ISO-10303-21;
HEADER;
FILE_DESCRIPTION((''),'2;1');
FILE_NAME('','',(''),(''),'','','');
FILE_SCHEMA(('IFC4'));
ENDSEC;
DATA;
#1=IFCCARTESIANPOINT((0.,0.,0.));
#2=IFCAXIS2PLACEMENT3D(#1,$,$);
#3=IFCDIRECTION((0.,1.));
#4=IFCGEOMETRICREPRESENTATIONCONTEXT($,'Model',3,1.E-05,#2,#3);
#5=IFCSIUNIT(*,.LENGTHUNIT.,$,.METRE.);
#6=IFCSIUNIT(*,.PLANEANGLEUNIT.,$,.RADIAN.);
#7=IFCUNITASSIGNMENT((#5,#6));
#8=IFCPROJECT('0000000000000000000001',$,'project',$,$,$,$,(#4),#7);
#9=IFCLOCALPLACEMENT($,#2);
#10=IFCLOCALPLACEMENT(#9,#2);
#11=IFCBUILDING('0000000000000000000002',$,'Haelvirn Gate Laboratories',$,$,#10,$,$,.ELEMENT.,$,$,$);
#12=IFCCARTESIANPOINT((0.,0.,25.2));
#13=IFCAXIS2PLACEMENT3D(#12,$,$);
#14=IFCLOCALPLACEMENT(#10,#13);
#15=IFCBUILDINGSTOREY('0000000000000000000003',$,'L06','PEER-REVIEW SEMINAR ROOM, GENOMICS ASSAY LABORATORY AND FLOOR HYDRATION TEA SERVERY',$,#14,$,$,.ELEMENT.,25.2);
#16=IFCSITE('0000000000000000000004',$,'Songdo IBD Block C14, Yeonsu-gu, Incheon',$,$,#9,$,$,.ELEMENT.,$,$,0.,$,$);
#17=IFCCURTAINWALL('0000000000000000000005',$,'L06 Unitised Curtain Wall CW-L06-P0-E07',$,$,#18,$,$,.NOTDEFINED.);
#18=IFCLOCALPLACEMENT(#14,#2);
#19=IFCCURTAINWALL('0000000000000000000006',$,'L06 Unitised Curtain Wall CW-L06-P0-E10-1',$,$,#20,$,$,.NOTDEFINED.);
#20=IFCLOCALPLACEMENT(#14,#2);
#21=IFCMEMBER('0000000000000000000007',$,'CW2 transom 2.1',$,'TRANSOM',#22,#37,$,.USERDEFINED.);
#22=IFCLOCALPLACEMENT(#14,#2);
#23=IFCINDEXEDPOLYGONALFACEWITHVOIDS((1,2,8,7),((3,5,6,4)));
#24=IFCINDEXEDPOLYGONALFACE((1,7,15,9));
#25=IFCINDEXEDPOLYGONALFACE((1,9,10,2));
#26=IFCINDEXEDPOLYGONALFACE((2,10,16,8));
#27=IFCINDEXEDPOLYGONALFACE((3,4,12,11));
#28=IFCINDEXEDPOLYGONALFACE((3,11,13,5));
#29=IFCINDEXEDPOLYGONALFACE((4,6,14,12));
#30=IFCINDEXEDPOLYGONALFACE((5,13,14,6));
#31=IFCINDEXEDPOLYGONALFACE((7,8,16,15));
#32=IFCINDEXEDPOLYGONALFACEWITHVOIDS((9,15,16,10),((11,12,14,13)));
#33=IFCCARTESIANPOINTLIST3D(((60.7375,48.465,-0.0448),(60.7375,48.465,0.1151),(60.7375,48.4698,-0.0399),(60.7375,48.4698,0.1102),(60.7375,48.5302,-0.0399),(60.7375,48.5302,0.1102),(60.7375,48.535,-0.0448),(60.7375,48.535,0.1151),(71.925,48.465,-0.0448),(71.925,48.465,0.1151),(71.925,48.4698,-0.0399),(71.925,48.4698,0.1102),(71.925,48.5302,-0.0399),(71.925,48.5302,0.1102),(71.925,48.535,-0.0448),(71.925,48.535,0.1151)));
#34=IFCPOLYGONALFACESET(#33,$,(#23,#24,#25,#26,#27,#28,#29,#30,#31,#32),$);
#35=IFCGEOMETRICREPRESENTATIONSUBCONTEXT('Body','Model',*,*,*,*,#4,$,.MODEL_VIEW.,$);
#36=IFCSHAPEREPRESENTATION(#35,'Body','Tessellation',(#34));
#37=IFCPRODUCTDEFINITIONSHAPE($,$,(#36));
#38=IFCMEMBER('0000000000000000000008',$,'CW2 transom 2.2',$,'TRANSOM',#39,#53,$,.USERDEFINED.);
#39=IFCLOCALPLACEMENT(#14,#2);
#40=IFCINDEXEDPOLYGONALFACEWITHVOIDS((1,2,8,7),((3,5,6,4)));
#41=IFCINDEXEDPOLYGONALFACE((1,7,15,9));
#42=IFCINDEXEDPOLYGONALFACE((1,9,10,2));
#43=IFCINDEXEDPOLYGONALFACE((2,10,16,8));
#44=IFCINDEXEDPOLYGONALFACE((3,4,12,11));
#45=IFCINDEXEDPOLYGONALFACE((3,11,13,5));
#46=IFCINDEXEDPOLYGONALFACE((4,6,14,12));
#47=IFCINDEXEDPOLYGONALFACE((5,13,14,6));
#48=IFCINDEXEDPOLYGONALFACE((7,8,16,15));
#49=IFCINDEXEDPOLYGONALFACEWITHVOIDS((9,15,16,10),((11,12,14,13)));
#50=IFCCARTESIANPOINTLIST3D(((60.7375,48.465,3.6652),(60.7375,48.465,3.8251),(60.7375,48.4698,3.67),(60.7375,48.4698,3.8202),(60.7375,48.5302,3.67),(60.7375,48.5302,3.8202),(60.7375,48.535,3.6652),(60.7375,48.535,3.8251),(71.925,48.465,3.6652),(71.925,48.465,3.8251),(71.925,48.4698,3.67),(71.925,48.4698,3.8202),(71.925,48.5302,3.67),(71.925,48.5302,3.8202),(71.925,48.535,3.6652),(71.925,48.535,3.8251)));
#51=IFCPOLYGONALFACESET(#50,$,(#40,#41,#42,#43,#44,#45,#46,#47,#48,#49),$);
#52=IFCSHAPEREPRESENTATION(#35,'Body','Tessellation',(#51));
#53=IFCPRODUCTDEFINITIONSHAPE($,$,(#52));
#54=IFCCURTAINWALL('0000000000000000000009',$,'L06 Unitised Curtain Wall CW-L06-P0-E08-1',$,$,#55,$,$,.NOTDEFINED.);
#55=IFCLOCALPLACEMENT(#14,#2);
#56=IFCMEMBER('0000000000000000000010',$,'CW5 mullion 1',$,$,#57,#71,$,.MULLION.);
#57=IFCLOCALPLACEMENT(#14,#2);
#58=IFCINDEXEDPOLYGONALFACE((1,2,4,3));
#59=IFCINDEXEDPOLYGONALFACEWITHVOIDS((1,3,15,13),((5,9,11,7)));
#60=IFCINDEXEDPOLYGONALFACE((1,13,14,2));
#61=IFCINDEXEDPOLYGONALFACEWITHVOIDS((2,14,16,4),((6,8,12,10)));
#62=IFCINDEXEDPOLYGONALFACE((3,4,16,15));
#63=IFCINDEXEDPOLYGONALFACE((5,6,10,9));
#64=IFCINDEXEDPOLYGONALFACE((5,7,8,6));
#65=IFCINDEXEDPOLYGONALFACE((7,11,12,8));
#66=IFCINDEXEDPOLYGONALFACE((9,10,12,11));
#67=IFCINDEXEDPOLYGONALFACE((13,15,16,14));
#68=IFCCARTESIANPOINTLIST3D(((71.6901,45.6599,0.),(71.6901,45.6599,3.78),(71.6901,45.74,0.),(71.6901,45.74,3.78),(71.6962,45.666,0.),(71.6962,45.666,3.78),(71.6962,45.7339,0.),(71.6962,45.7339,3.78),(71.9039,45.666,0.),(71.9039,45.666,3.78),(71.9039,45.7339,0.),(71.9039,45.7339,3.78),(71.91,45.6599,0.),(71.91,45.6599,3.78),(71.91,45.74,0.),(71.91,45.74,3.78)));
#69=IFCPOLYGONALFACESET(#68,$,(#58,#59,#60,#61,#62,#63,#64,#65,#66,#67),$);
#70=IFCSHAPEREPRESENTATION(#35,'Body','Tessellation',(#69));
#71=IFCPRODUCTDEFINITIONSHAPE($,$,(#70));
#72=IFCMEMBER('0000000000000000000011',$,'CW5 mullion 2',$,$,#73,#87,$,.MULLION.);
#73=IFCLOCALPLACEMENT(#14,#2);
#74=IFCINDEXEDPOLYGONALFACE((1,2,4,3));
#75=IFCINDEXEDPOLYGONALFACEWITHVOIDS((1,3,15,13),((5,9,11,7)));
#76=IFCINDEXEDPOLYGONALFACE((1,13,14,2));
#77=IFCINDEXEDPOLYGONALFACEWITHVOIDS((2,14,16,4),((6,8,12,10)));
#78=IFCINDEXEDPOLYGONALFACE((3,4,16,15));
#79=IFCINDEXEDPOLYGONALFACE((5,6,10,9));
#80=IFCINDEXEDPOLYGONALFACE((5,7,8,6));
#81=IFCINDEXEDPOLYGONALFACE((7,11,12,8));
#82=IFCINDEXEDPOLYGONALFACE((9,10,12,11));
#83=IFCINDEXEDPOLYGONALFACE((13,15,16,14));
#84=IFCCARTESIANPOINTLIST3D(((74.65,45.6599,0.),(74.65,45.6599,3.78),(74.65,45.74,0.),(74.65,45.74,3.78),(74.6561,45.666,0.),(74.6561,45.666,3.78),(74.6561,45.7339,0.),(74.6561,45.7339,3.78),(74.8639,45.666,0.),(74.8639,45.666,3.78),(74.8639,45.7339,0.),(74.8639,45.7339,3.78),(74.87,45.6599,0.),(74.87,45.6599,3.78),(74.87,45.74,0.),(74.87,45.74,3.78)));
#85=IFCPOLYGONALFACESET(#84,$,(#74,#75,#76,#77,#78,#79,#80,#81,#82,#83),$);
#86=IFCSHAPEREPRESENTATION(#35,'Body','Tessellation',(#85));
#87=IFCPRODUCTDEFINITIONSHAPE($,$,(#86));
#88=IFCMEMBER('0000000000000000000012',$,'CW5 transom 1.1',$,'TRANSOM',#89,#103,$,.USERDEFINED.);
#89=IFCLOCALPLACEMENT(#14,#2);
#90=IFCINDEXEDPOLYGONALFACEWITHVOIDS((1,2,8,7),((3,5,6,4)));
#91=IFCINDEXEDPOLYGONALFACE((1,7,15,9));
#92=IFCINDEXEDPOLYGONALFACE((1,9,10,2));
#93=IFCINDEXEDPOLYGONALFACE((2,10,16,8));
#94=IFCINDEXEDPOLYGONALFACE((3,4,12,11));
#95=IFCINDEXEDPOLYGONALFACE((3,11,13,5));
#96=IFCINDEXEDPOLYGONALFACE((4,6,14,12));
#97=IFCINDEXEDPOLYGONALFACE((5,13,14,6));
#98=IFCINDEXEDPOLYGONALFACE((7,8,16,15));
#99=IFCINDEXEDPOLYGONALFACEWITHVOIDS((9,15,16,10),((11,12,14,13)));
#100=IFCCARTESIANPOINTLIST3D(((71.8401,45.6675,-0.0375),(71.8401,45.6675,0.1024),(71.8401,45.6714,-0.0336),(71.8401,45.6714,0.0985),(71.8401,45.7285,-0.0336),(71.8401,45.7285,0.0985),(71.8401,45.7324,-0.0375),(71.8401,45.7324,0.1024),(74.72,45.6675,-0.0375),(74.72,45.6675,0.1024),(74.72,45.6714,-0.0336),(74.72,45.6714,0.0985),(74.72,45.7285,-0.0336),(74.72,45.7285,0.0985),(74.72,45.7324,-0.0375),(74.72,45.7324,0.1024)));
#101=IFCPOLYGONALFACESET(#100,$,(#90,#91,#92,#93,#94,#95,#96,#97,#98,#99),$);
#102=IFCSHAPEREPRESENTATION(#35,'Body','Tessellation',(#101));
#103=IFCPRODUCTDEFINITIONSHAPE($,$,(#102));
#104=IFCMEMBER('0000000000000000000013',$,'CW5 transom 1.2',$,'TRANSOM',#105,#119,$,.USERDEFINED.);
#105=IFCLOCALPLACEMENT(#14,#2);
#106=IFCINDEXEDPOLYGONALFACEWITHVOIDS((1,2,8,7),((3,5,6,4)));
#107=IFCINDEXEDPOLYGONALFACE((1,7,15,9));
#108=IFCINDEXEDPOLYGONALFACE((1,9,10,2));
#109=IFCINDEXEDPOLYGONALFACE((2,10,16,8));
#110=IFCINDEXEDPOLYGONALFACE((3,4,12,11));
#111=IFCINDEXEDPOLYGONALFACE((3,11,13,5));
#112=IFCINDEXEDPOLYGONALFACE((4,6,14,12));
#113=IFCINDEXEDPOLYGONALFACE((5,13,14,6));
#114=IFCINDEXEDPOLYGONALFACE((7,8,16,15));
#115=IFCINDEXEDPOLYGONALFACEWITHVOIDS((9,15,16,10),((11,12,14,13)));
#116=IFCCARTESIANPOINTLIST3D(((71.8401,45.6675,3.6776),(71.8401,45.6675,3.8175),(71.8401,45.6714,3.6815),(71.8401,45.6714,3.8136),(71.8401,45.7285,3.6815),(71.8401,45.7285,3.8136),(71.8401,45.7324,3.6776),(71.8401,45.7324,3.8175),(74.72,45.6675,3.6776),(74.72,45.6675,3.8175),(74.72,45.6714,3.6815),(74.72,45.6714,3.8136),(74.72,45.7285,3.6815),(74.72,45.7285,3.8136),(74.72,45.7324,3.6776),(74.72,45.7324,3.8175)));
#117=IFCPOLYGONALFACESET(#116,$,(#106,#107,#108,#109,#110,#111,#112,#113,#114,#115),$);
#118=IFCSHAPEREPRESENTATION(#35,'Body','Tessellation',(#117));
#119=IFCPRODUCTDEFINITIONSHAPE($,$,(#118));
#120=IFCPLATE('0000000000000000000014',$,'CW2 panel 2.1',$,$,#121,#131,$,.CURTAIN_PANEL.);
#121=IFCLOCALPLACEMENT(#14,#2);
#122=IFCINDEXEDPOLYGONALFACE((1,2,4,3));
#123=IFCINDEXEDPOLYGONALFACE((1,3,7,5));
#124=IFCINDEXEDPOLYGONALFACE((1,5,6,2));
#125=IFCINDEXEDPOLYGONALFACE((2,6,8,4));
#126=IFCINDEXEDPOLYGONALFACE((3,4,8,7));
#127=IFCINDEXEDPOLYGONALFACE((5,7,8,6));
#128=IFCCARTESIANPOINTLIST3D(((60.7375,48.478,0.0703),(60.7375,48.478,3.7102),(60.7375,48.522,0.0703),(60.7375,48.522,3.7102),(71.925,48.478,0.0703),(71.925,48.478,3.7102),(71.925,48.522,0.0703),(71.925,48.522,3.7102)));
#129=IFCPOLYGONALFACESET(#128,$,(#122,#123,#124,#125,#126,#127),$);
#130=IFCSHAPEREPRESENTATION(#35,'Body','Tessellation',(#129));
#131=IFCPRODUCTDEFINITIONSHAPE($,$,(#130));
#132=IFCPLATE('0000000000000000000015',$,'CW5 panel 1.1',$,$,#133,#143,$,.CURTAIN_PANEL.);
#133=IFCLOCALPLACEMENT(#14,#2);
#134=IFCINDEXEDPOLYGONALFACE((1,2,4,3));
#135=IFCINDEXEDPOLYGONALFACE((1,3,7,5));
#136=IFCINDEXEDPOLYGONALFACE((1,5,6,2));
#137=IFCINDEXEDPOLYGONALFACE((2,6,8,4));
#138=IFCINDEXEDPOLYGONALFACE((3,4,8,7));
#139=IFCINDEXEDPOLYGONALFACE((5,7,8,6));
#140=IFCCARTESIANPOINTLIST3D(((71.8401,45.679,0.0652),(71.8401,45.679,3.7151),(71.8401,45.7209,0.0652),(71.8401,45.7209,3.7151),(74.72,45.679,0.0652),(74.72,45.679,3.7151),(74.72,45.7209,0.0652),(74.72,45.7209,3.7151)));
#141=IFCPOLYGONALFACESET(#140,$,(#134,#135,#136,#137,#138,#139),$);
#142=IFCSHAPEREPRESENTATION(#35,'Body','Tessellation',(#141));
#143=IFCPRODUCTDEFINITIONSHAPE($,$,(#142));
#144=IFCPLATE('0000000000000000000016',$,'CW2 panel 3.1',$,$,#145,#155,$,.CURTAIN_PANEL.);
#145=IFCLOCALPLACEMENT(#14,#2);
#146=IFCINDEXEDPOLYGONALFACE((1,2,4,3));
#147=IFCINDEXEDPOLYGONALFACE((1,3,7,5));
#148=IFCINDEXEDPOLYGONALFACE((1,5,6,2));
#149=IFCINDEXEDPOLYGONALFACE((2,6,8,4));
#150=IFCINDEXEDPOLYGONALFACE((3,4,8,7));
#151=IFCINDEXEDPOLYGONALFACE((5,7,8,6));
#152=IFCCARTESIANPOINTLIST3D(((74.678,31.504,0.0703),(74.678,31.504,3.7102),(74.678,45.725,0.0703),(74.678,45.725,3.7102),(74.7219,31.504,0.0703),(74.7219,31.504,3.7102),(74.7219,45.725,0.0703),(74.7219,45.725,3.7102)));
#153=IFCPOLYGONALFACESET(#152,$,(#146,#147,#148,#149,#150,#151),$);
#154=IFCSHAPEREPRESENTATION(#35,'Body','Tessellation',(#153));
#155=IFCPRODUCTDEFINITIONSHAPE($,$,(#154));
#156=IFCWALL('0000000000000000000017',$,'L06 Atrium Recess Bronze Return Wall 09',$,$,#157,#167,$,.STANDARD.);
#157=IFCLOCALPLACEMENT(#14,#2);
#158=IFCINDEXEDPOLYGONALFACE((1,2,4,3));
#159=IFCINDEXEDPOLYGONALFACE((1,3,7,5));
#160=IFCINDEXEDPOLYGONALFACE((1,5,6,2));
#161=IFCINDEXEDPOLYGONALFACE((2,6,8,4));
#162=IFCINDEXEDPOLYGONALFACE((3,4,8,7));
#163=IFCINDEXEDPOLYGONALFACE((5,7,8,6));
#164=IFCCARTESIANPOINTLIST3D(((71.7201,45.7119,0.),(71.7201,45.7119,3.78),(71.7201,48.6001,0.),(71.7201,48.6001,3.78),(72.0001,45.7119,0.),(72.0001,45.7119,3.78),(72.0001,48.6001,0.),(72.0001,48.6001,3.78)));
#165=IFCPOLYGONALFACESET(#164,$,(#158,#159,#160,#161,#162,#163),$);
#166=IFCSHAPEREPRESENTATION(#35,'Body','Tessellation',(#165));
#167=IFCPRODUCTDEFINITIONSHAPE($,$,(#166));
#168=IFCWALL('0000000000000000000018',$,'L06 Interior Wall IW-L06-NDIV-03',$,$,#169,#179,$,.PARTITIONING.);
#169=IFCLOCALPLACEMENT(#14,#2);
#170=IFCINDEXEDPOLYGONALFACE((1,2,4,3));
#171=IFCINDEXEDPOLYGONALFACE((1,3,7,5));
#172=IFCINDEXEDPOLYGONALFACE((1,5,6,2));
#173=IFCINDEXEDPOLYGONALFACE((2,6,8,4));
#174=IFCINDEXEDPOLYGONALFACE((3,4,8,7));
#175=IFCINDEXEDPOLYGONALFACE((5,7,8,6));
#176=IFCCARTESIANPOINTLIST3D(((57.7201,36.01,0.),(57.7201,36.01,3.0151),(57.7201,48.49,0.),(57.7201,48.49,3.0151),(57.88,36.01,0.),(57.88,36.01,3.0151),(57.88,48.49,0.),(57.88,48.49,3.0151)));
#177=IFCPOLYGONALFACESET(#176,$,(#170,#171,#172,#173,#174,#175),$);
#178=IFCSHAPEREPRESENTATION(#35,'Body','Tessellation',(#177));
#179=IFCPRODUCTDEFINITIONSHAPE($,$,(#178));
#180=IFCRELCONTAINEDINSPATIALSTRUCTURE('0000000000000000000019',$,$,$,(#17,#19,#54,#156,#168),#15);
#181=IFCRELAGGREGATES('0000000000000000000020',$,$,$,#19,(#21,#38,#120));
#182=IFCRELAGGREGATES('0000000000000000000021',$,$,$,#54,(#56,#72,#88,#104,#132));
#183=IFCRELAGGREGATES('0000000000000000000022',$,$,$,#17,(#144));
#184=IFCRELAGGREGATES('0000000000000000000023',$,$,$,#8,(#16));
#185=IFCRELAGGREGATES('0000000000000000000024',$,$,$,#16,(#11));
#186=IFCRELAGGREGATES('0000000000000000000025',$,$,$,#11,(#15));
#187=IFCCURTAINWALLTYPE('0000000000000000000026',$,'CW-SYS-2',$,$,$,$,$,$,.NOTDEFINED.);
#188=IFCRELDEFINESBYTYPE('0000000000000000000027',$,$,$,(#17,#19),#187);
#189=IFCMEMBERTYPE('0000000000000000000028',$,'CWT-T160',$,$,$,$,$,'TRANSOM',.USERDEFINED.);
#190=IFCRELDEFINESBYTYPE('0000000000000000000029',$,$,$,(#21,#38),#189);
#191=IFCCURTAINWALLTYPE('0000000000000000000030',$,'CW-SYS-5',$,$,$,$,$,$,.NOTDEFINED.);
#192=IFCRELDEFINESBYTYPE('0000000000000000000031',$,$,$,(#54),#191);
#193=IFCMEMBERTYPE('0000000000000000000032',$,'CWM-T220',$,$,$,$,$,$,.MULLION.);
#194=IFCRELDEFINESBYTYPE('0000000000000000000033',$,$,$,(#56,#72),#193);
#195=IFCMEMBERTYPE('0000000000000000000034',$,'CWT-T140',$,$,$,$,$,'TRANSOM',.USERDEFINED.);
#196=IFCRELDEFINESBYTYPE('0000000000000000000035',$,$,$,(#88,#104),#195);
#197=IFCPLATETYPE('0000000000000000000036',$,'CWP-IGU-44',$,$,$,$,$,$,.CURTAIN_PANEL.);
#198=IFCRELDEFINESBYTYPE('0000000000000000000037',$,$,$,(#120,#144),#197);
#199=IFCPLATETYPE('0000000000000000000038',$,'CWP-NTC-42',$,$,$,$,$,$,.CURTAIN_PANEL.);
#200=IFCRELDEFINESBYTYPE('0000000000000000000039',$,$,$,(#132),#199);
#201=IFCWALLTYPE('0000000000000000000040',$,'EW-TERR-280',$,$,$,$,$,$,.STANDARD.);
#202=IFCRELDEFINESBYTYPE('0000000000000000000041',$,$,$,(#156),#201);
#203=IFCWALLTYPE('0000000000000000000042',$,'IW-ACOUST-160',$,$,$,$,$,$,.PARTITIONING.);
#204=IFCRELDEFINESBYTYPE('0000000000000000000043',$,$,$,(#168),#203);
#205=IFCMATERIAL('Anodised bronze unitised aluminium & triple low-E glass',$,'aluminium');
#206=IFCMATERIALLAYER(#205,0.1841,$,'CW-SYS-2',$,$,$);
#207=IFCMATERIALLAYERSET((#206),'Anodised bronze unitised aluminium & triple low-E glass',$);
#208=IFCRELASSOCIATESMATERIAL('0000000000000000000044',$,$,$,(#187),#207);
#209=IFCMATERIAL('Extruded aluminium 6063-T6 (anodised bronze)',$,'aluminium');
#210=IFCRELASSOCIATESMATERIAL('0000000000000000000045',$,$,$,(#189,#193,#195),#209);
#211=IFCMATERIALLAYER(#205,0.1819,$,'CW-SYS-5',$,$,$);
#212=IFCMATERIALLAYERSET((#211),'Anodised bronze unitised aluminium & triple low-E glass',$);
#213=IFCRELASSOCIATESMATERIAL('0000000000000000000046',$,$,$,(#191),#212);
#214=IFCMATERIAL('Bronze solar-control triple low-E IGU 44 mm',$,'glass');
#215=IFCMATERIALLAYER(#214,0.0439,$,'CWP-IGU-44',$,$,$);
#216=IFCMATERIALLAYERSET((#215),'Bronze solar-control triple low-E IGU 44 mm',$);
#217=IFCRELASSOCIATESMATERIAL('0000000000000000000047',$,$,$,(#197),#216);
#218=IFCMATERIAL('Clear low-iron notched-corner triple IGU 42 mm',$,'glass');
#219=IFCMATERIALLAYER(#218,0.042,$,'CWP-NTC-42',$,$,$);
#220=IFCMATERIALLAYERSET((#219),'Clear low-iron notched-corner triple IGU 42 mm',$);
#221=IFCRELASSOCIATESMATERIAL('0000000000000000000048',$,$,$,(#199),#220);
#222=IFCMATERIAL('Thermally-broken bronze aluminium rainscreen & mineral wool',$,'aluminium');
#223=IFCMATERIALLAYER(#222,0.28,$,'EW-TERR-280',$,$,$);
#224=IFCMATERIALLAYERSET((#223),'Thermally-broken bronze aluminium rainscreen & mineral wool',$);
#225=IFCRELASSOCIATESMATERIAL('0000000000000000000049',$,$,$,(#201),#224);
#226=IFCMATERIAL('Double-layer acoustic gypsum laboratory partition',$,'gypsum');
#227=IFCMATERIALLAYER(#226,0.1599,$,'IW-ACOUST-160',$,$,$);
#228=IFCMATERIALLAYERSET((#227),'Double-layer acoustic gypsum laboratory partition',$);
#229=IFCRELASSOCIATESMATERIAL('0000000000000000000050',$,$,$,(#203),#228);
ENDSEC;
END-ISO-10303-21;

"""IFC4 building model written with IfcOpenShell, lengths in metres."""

from ifc_helpers import new_model, si_unit, direction, frame, frame_2d, origin, origin_2d, place, context, subcontext, project, spatial, rectangle, hollow_rectangle, extrude, source, transform, mapped, material, layer, layer_set, material_profile, profile_set, type_object, type_shapes, element, aggregate, save


model = new_model("IFC4")

# Units and contexts
model_context = context("Model", 3, precision=1e-05, world=origin(), true_north=direction((0.0, 1.0)))
body_context = subcontext(model_context, "Body", "Model", "MODEL_VIEW")
ifc_project = project(units=[si_unit("LENGTHUNIT", "METRE"), si_unit("PLANEANGLEUNIT", "RADIAN")], contexts=[model_context])

# Site, building, storey
site_placement = place(None, origin())
site = spatial("IfcSite", under=ifc_project, at=site_placement, Name="Songdo IBD Block C14, Yeonsu-gu, Incheon", CompositionType="ELEMENT", RefElevation=0.0)
building_placement = place(site_placement, origin())
building = spatial("IfcBuilding", under=site, at=building_placement, Name="Haelvirn Gate Laboratories", CompositionType="ELEMENT")
storey_placement = place(building_placement, frame((0.0, 0.0, 25.2)))
storey = spatial("IfcBuildingStorey", under=building, at=storey_placement, Name="L06", Description="PEER-REVIEW SEMINAR ROOM, GENOMICS ASSAY LABORATORY AND FLOOR HYDRATION TEA SERVERY", CompositionType="ELEMENT", Elevation=25.2)

# Curtain wall
ifc_material_1 = material(Name="Anodised bronze unitised aluminium & triple low-E glass", Category="aluminium")
ifc_layer_1 = layer(ifc_material_1, 0.1841, Name="CW-SYS-2")
ifc_layer_set_1 = layer_set([ifc_layer_1], Name="Anodised bronze unitised aluminium & triple low-E glass")
curtain_wall_type_1 = type_object("IfcCurtainWallType", Name="CW-SYS-2", PredefinedType="NOTDEFINED", material=ifc_layer_set_1)
curtain_wall_1_placement = place(storey_placement, origin())
curtain_wall_1 = element("IfcCurtainWall", 1, at=curtain_wall_1_placement, inside=storey, type_object=curtain_wall_type_1, Name="L06 Unitised Curtain Wall CW-L06-P0-E07", PredefinedType="NOTDEFINED")
ifc_material_2 = material(Name="Extruded aluminium 6063-T6 (anodised bronze)", Category="aluminium")

# Curtain walls, members
curtain_wall_2_placement = place(storey_placement, origin())
curtain_wall_2 = element("IfcCurtainWall", 2, at=curtain_wall_2_placement, inside=storey, type_object=curtain_wall_type_1, Name="L06 Unitised Curtain Wall CW-L06-P0-E10-1", PredefinedType="NOTDEFINED")
ifc_material_profile_1 = material_profile(ifc_material_2, hollow_rectangle(XDim=0.0701, YDim=0.1599, WallThickness=0.0049, at=origin_2d()), Name="CWT-160x70x5")
ifc_profile_set_1 = profile_set([ifc_material_profile_1], Name="Extruded aluminium 6063-T6 (anodised bronze)")
member_type_1 = type_object("IfcMemberType", Name="CWT-T160", ElementType="TRANSOM", PredefinedType="USERDEFINED", material=ifc_profile_set_1)
shared_shape_1 = source(origin(), body_context, "Body", "SweptSolid", [
    extrude(hollow_rectangle(XDim=0.0701, YDim=0.1599, WallThickness=0.0049, at=origin_2d()), origin(), (0.0, 0.0, 1.0), 11.1875),
])
type_shapes(member_type_1, [shared_shape_1])
member_1_placement = place(storey_placement, frame((60.7375, 48.5, 0.0352), z_axis=(1.0, 0.0, 0.0), x_axis=(0.0, 1.0, 0.0)))
member_1 = element("IfcMember", 3, at=member_1_placement, type_object=member_type_1, Name="CW2 transom 2.1", ObjectType="TRANSOM", PredefinedType="USERDEFINED", context=body_context, shape_type="MappedRepresentation", body=[
    mapped(shared_shape_1, transform((0.0, 0.0, 0.0), scale=1.0)),
])
member_2_placement = place(storey_placement, frame((60.7375, 48.5, 3.7451), z_axis=(1.0, 0.0, 0.0), x_axis=(0.0, 1.0, 0.0)))
member_2 = element("IfcMember", 4, at=member_2_placement, type_object=member_type_1, Name="CW2 transom 2.2", ObjectType="TRANSOM", PredefinedType="USERDEFINED", context=body_context, shape_type="MappedRepresentation", body=[
    mapped(shared_shape_1, transform((0.0, 0.0, 0.0), scale=1.0)),
])
ifc_layer_2 = layer(ifc_material_1, 0.1819, Name="CW-SYS-5")
ifc_layer_set_2 = layer_set([ifc_layer_2], Name="Anodised bronze unitised aluminium & triple low-E glass")
curtain_wall_type_2 = type_object("IfcCurtainWallType", Name="CW-SYS-5", PredefinedType="NOTDEFINED", material=ifc_layer_set_2)
curtain_wall_3_placement = place(storey_placement, origin())
curtain_wall_3 = element("IfcCurtainWall", 5, at=curtain_wall_3_placement, inside=storey, type_object=curtain_wall_type_2, Name="L06 Unitised Curtain Wall CW-L06-P0-E08-1", PredefinedType="NOTDEFINED")
ifc_material_profile_2 = material_profile(ifc_material_2, hollow_rectangle(XDim=0.0801, YDim=0.22, WallThickness=0.0061, at=origin_2d()), Name="CWM-220x80x6")
ifc_profile_set_2 = profile_set([ifc_material_profile_2], Name="Extruded aluminium 6063-T6 (anodised bronze)")
member_type_2 = type_object("IfcMemberType", Name="CWM-T220", PredefinedType="MULLION", material=ifc_profile_set_2)
shared_shape_2 = source(origin(), body_context, "Body", "SweptSolid", [
    extrude(hollow_rectangle(XDim=0.0801, YDim=0.22, WallThickness=0.0061, at=origin_2d()), origin(), (0.0, 0.0, 1.0), 3.78),
])
type_shapes(member_type_2, [shared_shape_2])
member_3_placement = place(storey_placement, frame((71.8, 45.7, 0.0), z_axis=(0.0, 0.0, 1.0), x_axis=(0.0, 1.0, 0.0)))
member_3 = element("IfcMember", 6, at=member_3_placement, type_object=member_type_2, Name="CW5 mullion 1", PredefinedType="MULLION", context=body_context, shape_type="MappedRepresentation", body=[
    mapped(shared_shape_2, transform((0.0, 0.0, 0.0), scale=1.0)),
])
member_4_placement = place(storey_placement, frame((74.76, 45.7, 0.0), z_axis=(0.0, 0.0, 1.0), x_axis=(0.0, 1.0, 0.0)))
member_4 = element("IfcMember", 7, at=member_4_placement, type_object=member_type_2, Name="CW5 mullion 2", PredefinedType="MULLION", context=body_context, shape_type="MappedRepresentation", body=[
    mapped(shared_shape_2, transform((0.0, 0.0, 0.0), scale=1.0)),
])
ifc_material_profile_3 = material_profile(ifc_material_2, hollow_rectangle(XDim=0.0649, YDim=0.1399, WallThickness=0.0039, at=origin_2d()), Name="CWT-140x65x4")
ifc_profile_set_3 = profile_set([ifc_material_profile_3], Name="Extruded aluminium 6063-T6 (anodised bronze)")
member_type_3 = type_object("IfcMemberType", Name="CWT-T140", ElementType="TRANSOM", PredefinedType="USERDEFINED", material=ifc_profile_set_3)
shared_shape_3 = source(origin(), body_context, "Body", "SweptSolid", [
    extrude(hollow_rectangle(XDim=0.0649, YDim=0.1399, WallThickness=0.0039, at=origin_2d()), origin(), (0.0, 0.0, 1.0), 2.8799),
])
type_shapes(member_type_3, [shared_shape_3])
member_5_placement = place(storey_placement, frame((71.8401, 45.7, 0.0325), z_axis=(1.0, 0.0, 0.0), x_axis=(0.0, 1.0, 0.0)))
member_5 = element("IfcMember", 8, at=member_5_placement, type_object=member_type_3, Name="CW5 transom 1.1", ObjectType="TRANSOM", PredefinedType="USERDEFINED", context=body_context, shape_type="MappedRepresentation", body=[
    mapped(shared_shape_3, transform((0.0, 0.0, 0.0), scale=1.0)),
])
member_6_placement = place(storey_placement, frame((71.8401, 45.7, 3.7476), z_axis=(1.0, 0.0, 0.0), x_axis=(0.0, 1.0, 0.0)))
member_6 = element("IfcMember", 9, at=member_6_placement, type_object=member_type_3, Name="CW5 transom 1.2", ObjectType="TRANSOM", PredefinedType="USERDEFINED", context=body_context, shape_type="MappedRepresentation", body=[
    mapped(shared_shape_3, transform((0.0, 0.0, 0.0), scale=1.0)),
])

# Plates
ifc_material_3 = material(Name="Bronze solar-control triple low-E IGU 44 mm", Category="glass")
ifc_layer_3 = layer(ifc_material_3, 0.0439, Name="CWP-IGU-44")
ifc_layer_set_3 = layer_set([ifc_layer_3], Name="Bronze solar-control triple low-E IGU 44 mm")
plate_type_1 = type_object("IfcPlateType", Name="CWP-IGU-44", PredefinedType="CURTAIN_PANEL", material=ifc_layer_set_3)
shared_shape_4 = source(origin(), body_context, "Body", "SweptSolid", [
    extrude(rectangle(XDim=11.1875, YDim=0.0439, at=origin_2d()), origin(), (0.0, 0.0, 1.0), 3.6399),
])
plate_1_placement = place(storey_placement, frame((66.3313, 48.5, 0.0703), z_axis=(0.0, 0.0, 1.0), x_axis=(1.0, 0.0, 0.0)))
plate_1 = element("IfcPlate", 10, at=plate_1_placement, type_object=plate_type_1, Name="CW2 panel 2.1", PredefinedType="CURTAIN_PANEL", context=body_context, shape_type="MappedRepresentation", body=[
    mapped(shared_shape_4, transform((0.0, 0.0, 0.0), scale=1.0)),
])
aggregate(curtain_wall_2, [member_1, member_2, plate_1])
ifc_material_4 = material(Name="Clear low-iron notched-corner triple IGU 42 mm", Category="glass")
ifc_layer_4 = layer(ifc_material_4, 0.042, Name="CWP-NTC-42")
ifc_layer_set_4 = layer_set([ifc_layer_4], Name="Clear low-iron notched-corner triple IGU 42 mm")
plate_type_2 = type_object("IfcPlateType", Name="CWP-NTC-42", PredefinedType="CURTAIN_PANEL", material=ifc_layer_set_4)
shared_shape_5 = source(origin(), body_context, "Body", "SweptSolid", [
    extrude(rectangle(XDim=2.8799, YDim=0.042, at=origin_2d()), origin(), (0.0, 0.0, 1.0), 3.6499),
])
type_shapes(plate_type_2, [shared_shape_5])
plate_2_placement = place(storey_placement, frame((73.28, 45.7, 0.0652), z_axis=(0.0, 0.0, 1.0), x_axis=(1.0, 0.0, 0.0)))
plate_2 = element("IfcPlate", 11, at=plate_2_placement, type_object=plate_type_2, Name="CW5 panel 1.1", PredefinedType="CURTAIN_PANEL", context=body_context, shape_type="MappedRepresentation", body=[
    mapped(shared_shape_5, transform((0.0, 0.0, 0.0), scale=1.0)),
])
aggregate(curtain_wall_3, [member_3, member_4, member_5, member_6, plate_2])
shared_shape_6 = source(origin(), body_context, "Body", "SweptSolid", [
    extrude(rectangle(XDim=14.2209, YDim=0.0439, at=origin_2d()), origin(), (0.0, 0.0, 1.0), 3.6399),
])
type_shapes(plate_type_1, [shared_shape_4, shared_shape_6])
plate_3_placement = place(storey_placement, frame((74.7, 38.6145, 0.0703), z_axis=(0.0, 0.0, 1.0), x_axis=(0.0, 1.0, 0.0)))
plate_3 = element("IfcPlate", 12, at=plate_3_placement, type_object=plate_type_1, Name="CW2 panel 3.1", PredefinedType="CURTAIN_PANEL", context=body_context, shape_type="MappedRepresentation", body=[
    mapped(shared_shape_6, transform((0.0, 0.0, 0.0), scale=1.0)),
])
aggregate(curtain_wall_1, [plate_3])

# Walls
ifc_material_5 = material(Name="Thermally-broken bronze aluminium rainscreen & mineral wool", Category="aluminium")
ifc_layer_5 = layer(ifc_material_5, 0.28, Name="EW-TERR-280")
ifc_layer_set_5 = layer_set([ifc_layer_5], Name="Thermally-broken bronze aluminium rainscreen & mineral wool")
wall_type_1 = type_object("IfcWallType", Name="EW-TERR-280", PredefinedType="STANDARD", material=ifc_layer_set_5)
wall_1_placement = place(storey_placement, frame((71.8601, 45.7119, 0.0), z_axis=(0.0, 0.0, 1.0), x_axis=(0.0, 1.0, 0.0)))
element("IfcWall", 13, at=wall_1_placement, inside=storey, type_object=wall_type_1, Name="L06 Atrium Recess Bronze Return Wall 09", PredefinedType="STANDARD", context=body_context, shape_type="SweptSolid", body=[
    extrude(rectangle(XDim=2.8882, YDim=0.28, at=frame_2d((1.4441, 0.0))), origin(), (0.0, 0.0, 1.0), 3.78),
])
ifc_material_6 = material(Name="Double-layer acoustic gypsum laboratory partition", Category="gypsum")
ifc_layer_6 = layer(ifc_material_6, 0.1599, Name="IW-ACOUST-160")
ifc_layer_set_6 = layer_set([ifc_layer_6], Name="Double-layer acoustic gypsum laboratory partition")
wall_type_2 = type_object("IfcWallType", Name="IW-ACOUST-160", PredefinedType="PARTITIONING", material=ifc_layer_set_6)
wall_2_placement = place(storey_placement, frame((57.8, 36.01, 0.0), z_axis=(0.0, 0.0, 1.0), x_axis=(0.0, 1.0, 0.0)))
element("IfcWall", 14, at=wall_2_placement, inside=storey, type_object=wall_type_2, Name="L06 Interior Wall IW-L06-NDIV-03", PredefinedType="PARTITIONING", context=body_context, shape_type="SweptSolid", body=[
    extrude(rectangle(XDim=12.48, YDim=0.1599, at=frame_2d((6.24, 0.0))), origin(), (0.0, 0.0, 1.0), 3.0151),
])

save(model, "model.ifc")
